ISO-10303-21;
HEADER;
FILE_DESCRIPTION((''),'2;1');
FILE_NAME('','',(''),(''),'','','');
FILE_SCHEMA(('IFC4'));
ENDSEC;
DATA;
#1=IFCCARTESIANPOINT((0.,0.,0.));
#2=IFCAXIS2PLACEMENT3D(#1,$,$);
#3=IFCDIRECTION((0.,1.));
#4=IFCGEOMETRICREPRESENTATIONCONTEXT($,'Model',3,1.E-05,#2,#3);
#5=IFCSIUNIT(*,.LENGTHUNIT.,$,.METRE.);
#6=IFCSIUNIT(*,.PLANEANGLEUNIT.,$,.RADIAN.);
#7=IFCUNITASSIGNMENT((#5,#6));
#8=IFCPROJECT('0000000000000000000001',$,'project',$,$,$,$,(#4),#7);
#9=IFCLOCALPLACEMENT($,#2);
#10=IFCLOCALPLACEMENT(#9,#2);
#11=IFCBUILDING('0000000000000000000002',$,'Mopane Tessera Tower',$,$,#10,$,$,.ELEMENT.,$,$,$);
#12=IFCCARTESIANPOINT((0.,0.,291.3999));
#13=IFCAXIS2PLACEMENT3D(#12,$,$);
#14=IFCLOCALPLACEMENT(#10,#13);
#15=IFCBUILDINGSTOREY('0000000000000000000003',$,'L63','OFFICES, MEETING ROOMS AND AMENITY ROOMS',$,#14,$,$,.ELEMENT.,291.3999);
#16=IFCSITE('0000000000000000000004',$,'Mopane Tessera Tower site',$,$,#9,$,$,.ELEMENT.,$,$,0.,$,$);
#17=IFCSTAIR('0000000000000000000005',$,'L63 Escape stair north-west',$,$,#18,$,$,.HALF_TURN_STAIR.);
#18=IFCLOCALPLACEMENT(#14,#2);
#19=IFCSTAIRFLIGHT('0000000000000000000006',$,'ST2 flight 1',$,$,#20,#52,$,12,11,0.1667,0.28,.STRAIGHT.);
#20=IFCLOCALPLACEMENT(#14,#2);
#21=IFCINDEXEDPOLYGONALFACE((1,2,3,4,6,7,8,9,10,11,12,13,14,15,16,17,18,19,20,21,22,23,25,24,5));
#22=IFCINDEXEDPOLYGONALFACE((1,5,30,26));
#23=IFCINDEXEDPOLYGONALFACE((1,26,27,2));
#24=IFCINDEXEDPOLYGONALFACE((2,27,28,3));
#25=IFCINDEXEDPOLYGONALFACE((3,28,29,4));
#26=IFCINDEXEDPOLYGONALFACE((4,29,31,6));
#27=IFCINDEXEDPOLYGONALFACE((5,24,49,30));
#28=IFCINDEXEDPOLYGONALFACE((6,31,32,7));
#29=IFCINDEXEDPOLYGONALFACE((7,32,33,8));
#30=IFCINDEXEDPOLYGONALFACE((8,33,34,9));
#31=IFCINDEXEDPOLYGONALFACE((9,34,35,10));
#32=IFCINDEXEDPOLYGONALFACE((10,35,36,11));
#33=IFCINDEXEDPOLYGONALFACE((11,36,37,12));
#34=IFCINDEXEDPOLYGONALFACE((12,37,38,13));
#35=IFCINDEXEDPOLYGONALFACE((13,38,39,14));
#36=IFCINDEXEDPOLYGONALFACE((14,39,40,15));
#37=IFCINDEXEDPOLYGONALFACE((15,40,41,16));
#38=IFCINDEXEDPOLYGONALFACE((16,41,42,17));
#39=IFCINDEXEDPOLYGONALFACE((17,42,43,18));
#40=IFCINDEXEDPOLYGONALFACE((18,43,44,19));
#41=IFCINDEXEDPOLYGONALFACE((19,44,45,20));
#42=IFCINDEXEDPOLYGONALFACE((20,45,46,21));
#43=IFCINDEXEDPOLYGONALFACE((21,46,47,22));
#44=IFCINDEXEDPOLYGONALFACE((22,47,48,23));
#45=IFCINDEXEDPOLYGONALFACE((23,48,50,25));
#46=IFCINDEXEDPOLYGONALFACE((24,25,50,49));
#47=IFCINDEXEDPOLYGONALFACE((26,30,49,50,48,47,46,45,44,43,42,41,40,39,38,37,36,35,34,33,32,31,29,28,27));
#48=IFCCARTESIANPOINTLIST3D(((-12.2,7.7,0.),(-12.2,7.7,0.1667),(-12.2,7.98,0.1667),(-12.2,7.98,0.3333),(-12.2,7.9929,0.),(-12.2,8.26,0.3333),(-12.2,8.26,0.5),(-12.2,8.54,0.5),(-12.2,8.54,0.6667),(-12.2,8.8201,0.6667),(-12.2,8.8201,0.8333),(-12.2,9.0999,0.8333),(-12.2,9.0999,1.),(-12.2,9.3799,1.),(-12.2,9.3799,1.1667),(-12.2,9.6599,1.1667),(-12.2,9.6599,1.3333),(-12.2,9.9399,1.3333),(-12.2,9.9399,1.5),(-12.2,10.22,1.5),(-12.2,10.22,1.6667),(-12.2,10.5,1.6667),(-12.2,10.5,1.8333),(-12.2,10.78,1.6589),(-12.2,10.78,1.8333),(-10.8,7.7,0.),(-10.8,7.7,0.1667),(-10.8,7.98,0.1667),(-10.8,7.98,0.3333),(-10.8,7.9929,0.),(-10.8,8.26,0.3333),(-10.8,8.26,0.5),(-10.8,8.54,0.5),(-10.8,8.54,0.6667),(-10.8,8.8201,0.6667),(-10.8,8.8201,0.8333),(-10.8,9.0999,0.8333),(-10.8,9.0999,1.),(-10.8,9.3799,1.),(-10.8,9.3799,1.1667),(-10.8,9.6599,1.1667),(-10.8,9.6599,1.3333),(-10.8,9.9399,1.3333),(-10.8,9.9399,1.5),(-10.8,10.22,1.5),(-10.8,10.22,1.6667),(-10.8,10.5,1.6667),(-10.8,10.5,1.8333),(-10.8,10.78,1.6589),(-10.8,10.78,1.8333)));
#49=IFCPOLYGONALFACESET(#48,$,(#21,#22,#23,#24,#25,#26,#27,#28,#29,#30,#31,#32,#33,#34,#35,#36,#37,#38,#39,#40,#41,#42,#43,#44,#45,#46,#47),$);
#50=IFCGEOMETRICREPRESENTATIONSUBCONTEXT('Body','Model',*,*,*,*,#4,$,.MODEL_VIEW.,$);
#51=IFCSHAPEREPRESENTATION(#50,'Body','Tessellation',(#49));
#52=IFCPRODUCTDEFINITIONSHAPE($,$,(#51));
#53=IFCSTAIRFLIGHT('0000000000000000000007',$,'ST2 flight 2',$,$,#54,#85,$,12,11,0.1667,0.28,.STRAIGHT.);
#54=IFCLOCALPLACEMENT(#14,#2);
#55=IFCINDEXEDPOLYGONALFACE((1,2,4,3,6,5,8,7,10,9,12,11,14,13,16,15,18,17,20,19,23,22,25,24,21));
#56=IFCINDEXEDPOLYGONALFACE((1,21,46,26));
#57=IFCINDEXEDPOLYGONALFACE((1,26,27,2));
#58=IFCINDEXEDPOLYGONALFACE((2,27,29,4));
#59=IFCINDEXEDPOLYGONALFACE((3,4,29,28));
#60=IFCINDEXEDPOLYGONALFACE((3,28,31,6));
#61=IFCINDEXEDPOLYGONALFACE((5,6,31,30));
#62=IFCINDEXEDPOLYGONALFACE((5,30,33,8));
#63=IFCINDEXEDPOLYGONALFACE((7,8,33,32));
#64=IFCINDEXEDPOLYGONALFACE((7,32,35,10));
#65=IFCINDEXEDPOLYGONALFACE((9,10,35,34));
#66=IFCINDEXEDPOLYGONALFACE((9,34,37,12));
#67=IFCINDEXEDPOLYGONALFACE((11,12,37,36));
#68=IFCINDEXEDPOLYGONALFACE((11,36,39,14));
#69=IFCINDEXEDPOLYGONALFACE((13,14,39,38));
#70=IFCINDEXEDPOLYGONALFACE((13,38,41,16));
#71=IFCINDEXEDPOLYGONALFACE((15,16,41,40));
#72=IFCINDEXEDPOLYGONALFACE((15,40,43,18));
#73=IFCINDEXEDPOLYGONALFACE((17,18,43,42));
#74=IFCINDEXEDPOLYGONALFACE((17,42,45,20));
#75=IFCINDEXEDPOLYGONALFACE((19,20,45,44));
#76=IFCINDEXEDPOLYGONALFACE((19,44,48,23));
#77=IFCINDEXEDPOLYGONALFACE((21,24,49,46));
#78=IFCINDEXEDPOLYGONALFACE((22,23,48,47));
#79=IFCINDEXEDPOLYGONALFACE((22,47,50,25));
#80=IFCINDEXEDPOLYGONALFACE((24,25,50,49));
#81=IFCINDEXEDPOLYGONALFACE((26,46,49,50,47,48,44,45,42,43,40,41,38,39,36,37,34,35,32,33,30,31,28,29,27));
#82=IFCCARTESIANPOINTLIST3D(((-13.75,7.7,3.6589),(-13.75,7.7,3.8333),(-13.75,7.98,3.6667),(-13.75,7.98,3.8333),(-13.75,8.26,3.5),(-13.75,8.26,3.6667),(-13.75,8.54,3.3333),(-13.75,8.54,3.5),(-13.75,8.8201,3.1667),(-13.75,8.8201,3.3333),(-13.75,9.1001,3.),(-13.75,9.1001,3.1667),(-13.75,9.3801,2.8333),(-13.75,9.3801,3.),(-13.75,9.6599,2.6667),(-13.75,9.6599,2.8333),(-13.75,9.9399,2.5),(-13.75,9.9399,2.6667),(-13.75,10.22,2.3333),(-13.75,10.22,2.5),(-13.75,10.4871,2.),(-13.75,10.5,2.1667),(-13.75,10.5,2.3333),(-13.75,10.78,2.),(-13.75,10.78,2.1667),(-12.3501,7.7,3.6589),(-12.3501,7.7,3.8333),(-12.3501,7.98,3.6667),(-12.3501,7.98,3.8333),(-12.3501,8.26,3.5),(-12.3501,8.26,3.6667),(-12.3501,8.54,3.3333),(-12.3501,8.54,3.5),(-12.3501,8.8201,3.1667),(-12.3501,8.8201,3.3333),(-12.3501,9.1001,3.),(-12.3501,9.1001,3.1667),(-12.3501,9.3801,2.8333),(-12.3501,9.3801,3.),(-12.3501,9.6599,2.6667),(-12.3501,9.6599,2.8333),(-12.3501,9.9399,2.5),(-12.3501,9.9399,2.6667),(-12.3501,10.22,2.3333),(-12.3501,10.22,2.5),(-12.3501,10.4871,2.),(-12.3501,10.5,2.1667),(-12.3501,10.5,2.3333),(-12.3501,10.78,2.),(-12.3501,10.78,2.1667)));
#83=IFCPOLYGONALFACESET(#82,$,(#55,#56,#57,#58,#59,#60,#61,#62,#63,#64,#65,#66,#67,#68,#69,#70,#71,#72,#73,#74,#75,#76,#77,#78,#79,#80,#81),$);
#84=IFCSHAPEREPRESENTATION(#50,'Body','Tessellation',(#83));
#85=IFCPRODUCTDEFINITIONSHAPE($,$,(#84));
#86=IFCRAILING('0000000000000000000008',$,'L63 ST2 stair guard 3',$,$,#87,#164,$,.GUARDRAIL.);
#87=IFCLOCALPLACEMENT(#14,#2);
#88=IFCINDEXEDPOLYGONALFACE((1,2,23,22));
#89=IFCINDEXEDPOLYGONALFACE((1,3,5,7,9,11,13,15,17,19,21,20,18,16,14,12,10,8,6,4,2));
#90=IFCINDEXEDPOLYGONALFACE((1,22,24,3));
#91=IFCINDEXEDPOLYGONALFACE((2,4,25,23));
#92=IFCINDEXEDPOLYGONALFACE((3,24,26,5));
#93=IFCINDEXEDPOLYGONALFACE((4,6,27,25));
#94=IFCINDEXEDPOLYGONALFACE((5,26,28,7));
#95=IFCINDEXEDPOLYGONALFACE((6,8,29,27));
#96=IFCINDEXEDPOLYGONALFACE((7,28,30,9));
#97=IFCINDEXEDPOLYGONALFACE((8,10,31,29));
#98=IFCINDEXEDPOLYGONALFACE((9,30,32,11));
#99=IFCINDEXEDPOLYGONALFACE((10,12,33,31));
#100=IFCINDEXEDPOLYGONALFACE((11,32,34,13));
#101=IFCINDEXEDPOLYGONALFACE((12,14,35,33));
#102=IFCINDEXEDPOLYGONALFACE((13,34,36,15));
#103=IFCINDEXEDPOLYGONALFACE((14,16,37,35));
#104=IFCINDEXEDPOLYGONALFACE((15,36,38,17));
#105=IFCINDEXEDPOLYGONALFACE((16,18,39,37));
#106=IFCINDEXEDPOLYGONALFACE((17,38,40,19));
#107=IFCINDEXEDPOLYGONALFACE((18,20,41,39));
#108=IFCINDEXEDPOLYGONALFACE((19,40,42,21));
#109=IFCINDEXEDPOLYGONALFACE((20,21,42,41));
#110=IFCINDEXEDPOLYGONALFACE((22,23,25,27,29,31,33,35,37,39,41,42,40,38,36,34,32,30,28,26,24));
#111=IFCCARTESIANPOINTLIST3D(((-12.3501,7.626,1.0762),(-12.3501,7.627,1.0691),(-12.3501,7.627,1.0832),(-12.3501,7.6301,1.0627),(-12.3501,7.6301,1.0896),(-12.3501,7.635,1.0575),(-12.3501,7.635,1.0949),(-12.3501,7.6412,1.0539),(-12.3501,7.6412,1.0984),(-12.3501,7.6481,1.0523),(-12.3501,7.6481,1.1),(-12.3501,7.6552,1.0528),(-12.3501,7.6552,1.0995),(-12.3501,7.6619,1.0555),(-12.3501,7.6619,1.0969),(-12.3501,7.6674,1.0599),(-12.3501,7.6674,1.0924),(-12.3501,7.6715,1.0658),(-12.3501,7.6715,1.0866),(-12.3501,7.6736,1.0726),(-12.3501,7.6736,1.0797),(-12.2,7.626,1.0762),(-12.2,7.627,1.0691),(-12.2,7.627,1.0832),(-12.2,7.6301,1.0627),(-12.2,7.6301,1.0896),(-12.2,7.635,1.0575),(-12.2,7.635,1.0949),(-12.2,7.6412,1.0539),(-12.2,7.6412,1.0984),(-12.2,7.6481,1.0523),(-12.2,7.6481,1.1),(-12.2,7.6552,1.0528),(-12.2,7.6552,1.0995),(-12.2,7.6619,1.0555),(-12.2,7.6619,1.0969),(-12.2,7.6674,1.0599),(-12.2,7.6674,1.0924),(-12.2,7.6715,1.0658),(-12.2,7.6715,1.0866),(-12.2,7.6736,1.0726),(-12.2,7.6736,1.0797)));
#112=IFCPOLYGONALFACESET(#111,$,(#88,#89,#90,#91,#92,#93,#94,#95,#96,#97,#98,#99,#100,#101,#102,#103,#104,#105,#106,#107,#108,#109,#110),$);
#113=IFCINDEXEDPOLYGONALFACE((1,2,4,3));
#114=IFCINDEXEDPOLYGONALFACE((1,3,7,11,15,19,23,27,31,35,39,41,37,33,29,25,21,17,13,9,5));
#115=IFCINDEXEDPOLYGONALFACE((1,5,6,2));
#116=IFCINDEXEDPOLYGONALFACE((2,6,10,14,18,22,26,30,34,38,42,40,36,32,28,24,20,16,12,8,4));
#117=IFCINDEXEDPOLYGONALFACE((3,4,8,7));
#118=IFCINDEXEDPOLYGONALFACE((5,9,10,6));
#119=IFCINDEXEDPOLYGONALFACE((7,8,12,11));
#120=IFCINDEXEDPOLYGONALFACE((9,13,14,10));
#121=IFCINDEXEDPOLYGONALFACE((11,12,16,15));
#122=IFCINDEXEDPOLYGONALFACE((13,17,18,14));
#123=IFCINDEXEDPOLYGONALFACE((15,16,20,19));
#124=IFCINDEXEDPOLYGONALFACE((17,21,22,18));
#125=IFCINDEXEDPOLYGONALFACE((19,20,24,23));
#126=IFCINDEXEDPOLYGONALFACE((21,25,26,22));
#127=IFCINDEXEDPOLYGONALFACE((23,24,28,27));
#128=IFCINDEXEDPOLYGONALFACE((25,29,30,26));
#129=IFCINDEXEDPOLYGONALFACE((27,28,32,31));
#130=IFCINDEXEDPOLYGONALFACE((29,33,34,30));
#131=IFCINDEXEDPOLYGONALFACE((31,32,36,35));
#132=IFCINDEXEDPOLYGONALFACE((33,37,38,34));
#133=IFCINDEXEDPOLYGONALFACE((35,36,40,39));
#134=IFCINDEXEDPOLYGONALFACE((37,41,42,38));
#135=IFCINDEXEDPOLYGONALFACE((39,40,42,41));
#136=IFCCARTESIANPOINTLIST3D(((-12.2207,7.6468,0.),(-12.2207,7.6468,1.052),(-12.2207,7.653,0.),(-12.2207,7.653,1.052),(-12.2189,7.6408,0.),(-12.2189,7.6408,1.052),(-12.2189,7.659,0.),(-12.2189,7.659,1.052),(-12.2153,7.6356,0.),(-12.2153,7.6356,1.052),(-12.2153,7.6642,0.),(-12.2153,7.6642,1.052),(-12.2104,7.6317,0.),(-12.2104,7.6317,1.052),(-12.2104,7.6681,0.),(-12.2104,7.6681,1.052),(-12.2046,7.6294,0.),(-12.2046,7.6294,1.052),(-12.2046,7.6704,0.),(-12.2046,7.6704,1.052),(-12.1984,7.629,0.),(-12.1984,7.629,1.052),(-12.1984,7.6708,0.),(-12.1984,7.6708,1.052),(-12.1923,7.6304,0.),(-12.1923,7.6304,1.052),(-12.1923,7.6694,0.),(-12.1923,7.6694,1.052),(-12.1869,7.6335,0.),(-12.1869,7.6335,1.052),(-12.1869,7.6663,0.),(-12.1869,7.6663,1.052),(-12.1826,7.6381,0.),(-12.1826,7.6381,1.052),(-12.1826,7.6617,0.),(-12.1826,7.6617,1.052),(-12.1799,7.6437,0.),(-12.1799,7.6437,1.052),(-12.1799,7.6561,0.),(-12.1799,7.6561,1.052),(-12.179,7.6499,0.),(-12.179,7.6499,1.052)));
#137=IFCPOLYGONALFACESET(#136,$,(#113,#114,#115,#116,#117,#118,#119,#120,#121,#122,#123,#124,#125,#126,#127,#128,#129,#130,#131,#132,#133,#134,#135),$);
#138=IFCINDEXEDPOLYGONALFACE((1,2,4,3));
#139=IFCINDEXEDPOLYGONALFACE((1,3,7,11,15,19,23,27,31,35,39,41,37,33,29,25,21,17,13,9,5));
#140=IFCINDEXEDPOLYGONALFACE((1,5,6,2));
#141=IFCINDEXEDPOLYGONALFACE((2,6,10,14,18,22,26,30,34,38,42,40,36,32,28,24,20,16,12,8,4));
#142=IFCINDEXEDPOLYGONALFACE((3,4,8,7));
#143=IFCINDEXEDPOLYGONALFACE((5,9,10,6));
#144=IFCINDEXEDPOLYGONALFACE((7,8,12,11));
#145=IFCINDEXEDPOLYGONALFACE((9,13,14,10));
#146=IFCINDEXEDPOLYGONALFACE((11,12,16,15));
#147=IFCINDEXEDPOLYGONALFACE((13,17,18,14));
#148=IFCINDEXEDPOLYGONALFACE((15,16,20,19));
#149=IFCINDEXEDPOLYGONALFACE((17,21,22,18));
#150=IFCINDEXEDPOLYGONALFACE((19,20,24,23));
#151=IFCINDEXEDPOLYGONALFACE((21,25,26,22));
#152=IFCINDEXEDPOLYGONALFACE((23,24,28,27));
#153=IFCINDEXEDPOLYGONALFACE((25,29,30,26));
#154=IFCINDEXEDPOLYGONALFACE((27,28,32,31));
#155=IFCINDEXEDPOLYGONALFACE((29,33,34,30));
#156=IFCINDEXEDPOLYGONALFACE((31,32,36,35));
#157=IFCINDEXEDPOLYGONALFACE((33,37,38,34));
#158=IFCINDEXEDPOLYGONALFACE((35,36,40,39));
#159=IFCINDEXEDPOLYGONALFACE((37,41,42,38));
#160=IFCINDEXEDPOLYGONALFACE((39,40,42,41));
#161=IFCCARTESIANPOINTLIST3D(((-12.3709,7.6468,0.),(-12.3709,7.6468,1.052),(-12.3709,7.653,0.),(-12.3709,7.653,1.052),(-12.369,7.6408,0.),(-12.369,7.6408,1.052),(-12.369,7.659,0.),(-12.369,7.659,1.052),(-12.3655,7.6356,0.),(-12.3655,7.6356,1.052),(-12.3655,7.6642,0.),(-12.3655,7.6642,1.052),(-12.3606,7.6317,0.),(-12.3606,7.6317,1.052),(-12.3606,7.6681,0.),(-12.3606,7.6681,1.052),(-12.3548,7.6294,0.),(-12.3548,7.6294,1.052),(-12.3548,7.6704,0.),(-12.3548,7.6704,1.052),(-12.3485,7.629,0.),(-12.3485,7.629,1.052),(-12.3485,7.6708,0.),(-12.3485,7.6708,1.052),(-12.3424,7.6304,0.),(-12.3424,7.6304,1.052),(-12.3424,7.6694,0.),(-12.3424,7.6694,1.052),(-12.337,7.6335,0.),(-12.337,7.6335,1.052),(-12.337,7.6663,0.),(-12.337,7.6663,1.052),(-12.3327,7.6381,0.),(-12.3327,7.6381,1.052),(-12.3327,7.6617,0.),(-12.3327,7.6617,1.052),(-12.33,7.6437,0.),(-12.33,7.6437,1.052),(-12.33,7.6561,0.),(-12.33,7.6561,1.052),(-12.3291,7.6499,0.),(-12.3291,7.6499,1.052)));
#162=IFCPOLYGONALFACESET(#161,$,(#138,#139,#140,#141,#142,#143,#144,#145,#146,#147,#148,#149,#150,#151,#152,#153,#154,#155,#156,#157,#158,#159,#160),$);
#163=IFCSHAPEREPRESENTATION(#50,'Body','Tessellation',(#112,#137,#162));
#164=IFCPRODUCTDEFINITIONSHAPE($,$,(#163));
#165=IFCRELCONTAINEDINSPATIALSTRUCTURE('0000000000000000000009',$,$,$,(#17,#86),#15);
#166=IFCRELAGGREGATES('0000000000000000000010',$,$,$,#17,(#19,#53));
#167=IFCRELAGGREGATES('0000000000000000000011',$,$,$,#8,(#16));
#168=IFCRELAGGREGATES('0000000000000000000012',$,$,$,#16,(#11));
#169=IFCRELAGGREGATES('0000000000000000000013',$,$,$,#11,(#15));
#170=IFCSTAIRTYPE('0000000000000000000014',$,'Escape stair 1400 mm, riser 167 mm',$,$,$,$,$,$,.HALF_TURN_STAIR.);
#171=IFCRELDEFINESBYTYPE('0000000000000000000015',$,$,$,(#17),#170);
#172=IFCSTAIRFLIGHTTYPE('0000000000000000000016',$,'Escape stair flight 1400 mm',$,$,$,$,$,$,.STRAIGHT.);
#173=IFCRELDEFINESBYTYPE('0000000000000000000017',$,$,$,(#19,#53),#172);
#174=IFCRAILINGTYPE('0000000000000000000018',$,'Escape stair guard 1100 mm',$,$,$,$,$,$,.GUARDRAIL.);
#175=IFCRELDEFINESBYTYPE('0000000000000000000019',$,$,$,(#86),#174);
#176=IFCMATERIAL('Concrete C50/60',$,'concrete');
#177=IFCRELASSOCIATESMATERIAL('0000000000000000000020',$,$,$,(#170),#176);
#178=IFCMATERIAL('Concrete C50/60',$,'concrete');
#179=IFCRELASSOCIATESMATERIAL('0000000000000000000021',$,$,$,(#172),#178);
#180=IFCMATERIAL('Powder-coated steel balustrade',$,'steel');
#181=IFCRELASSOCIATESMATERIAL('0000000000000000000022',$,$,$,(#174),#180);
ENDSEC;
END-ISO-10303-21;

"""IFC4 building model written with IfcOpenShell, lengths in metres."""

from ifc_helpers import new_model, si_unit, direction, frame, origin, origin_2d, place, context, subcontext, project, spatial, polyline, circle, outline, extrude, material, type_object, element, aggregate, save


model = new_model("IFC4")

# Units and contexts
model_context = context("Model", 3, precision=1e-05, world=origin(), true_north=direction((0.0, 1.0)))
body_context = subcontext(model_context, "Body", "Model", "MODEL_VIEW")
ifc_project = project(units=[si_unit("LENGTHUNIT", "METRE"), si_unit("PLANEANGLEUNIT", "RADIAN")], contexts=[model_context])

# Site, building, storey
site_placement = place(None, origin())
site = spatial("IfcSite", under=ifc_project, at=site_placement, Name="Mopane Tessera Tower site", CompositionType="ELEMENT", RefElevation=0.0)
building_placement = place(site_placement, origin())
building = spatial("IfcBuilding", under=site, at=building_placement, Name="Mopane Tessera Tower", CompositionType="ELEMENT")
storey_placement = place(building_placement, frame((0.0, 0.0, 291.3999)))
storey = spatial("IfcBuildingStorey", under=building, at=storey_placement, Name="L63", Description="OFFICES, MEETING ROOMS AND AMENITY ROOMS", CompositionType="ELEMENT", Elevation=291.3999)

# Stair, stair flights
ifc_material_1 = material(Name="Concrete C50/60", Category="concrete")
stair_type = type_object("IfcStairType", Name="Escape stair 1400 mm, riser 167 mm", PredefinedType="HALF_TURN_STAIR", material=ifc_material_1)
stair_placement = place(storey_placement, origin())
stair = element("IfcStair", 1, at=stair_placement, inside=storey, type_object=stair_type, Name="L63 Escape stair north-west", PredefinedType="HALF_TURN_STAIR")
ifc_material_2 = material(Name="Concrete C50/60", Category="concrete")
stair_flight_type = type_object("IfcStairFlightType", Name="Escape stair flight 1400 mm", PredefinedType="STRAIGHT", material=ifc_material_2)
stair_flight_1_placement = place(storey_placement, frame((-11.5, 7.7, 0.0), z_axis=(0.0, 0.0, 1.0), x_axis=(0.0, 1.0, 0.0)))
stair_flight_1 = element("IfcStairFlight", 2, at=stair_flight_1_placement, type_object=stair_flight_type, Name="ST2 flight 1", NumberOfRisers=12, NumberOfTreads=11, PredefinedType="STRAIGHT", RiserHeight=0.1667, TreadLength=0.28, context=body_context, shape_type="SweptSolid", body=[
    extrude(outline(polyline([(0.0, 0.0), (0.0, 0.1667), (0.28, 0.1667), (0.28, 0.3333), (0.5601, 0.3333), (0.5601, 0.5), (0.8401, 0.5), (0.8401, 0.6667), (1.1201, 0.6667), (1.1201, 0.8333), (1.3999, 0.8333), (1.3999, 1.0), (1.6799, 1.0), (1.6799, 1.1667), (1.96, 1.1667), (1.96, 1.3333), (2.24, 1.3333), (2.24, 1.5), (2.52, 1.5), (2.52, 1.6667), (2.8, 1.6667), (2.8, 1.8333), (3.0801, 1.8333), (3.0801, 2.0), (3.0801, 1.6589), (0.293, 0.0), (0.0, 0.0)])), frame((0.0, 0.7, 0.0), z_axis=(0.0, -1.0, 0.0), x_axis=(1.0, 0.0, 0.0)), (0.0, 0.0, 1.0), 1.3999),
])
stair_flight_2_placement = place(storey_placement, frame((-13.05, 10.78, 2.0), z_axis=(0.0, 0.0, 1.0), x_axis=(0.0, -1.0, 0.0)))
stair_flight_2 = element("IfcStairFlight", 3, at=stair_flight_2_placement, type_object=stair_flight_type, Name="ST2 flight 2", NumberOfRisers=12, NumberOfTreads=11, PredefinedType="STRAIGHT", RiserHeight=0.1667, TreadLength=0.28, context=body_context, shape_type="SweptSolid", body=[
    extrude(outline(polyline([(0.0, 0.0), (0.0, 0.1667), (0.28, 0.1667), (0.28, 0.3333), (0.5601, 0.3333), (0.5601, 0.5), (0.8401, 0.5), (0.8401, 0.6667), (1.1201, 0.6667), (1.1201, 0.8333), (1.3999, 0.8333), (1.3999, 1.0), (1.6799, 1.0), (1.6799, 1.1667), (1.96, 1.1667), (1.96, 1.3333), (2.24, 1.3333), (2.24, 1.5), (2.52, 1.5), (2.52, 1.6667), (2.8, 1.6667), (2.8, 1.8333), (3.0801, 1.8333), (3.0801, 2.0), (3.0801, 1.6589), (0.293, 0.0), (0.0, 0.0)])), frame((0.0, 0.7, 0.0), z_axis=(0.0, -1.0, 0.0), x_axis=(1.0, 0.0, 0.0)), (0.0, 0.0, 1.0), 1.3999),
])
aggregate(stair, [stair_flight_1, stair_flight_2])

# Railing
ifc_material_3 = material(Name="Powder-coated steel balustrade", Category="steel")
railing_type_1 = type_object("IfcRailingType", Name="Escape stair guard 1100 mm", PredefinedType="GUARDRAIL", material=ifc_material_3)
railing_1_placement = place(storey_placement, frame((-12.2, 7.6499, 0.0)))
element("IfcRailing", 4, at=railing_1_placement, inside=storey, type_object=railing_type_1, Name="L63 ST2 stair guard 3", PredefinedType="GUARDRAIL", context=body_context, shape_type="SweptSolid", body=[
    extrude(circle(Radius=0.0239, at=origin_2d()), frame((0.0, 0.0, 1.0762), z_axis=(-1.0, 0.0, 0.0), x_axis=(0.0, -1.0, 0.0)), (0.0, 0.0, 1.0), 0.1501),
    extrude(circle(Radius=0.021, at=origin_2d()), origin(), (0.0, 0.0, 1.0), 1.052),
    extrude(circle(Radius=0.021, at=origin_2d()), frame((-0.1501, 0.0, 0.0)), (0.0, 0.0, 1.0), 1.052),
])

save(model, "model.ifc")
